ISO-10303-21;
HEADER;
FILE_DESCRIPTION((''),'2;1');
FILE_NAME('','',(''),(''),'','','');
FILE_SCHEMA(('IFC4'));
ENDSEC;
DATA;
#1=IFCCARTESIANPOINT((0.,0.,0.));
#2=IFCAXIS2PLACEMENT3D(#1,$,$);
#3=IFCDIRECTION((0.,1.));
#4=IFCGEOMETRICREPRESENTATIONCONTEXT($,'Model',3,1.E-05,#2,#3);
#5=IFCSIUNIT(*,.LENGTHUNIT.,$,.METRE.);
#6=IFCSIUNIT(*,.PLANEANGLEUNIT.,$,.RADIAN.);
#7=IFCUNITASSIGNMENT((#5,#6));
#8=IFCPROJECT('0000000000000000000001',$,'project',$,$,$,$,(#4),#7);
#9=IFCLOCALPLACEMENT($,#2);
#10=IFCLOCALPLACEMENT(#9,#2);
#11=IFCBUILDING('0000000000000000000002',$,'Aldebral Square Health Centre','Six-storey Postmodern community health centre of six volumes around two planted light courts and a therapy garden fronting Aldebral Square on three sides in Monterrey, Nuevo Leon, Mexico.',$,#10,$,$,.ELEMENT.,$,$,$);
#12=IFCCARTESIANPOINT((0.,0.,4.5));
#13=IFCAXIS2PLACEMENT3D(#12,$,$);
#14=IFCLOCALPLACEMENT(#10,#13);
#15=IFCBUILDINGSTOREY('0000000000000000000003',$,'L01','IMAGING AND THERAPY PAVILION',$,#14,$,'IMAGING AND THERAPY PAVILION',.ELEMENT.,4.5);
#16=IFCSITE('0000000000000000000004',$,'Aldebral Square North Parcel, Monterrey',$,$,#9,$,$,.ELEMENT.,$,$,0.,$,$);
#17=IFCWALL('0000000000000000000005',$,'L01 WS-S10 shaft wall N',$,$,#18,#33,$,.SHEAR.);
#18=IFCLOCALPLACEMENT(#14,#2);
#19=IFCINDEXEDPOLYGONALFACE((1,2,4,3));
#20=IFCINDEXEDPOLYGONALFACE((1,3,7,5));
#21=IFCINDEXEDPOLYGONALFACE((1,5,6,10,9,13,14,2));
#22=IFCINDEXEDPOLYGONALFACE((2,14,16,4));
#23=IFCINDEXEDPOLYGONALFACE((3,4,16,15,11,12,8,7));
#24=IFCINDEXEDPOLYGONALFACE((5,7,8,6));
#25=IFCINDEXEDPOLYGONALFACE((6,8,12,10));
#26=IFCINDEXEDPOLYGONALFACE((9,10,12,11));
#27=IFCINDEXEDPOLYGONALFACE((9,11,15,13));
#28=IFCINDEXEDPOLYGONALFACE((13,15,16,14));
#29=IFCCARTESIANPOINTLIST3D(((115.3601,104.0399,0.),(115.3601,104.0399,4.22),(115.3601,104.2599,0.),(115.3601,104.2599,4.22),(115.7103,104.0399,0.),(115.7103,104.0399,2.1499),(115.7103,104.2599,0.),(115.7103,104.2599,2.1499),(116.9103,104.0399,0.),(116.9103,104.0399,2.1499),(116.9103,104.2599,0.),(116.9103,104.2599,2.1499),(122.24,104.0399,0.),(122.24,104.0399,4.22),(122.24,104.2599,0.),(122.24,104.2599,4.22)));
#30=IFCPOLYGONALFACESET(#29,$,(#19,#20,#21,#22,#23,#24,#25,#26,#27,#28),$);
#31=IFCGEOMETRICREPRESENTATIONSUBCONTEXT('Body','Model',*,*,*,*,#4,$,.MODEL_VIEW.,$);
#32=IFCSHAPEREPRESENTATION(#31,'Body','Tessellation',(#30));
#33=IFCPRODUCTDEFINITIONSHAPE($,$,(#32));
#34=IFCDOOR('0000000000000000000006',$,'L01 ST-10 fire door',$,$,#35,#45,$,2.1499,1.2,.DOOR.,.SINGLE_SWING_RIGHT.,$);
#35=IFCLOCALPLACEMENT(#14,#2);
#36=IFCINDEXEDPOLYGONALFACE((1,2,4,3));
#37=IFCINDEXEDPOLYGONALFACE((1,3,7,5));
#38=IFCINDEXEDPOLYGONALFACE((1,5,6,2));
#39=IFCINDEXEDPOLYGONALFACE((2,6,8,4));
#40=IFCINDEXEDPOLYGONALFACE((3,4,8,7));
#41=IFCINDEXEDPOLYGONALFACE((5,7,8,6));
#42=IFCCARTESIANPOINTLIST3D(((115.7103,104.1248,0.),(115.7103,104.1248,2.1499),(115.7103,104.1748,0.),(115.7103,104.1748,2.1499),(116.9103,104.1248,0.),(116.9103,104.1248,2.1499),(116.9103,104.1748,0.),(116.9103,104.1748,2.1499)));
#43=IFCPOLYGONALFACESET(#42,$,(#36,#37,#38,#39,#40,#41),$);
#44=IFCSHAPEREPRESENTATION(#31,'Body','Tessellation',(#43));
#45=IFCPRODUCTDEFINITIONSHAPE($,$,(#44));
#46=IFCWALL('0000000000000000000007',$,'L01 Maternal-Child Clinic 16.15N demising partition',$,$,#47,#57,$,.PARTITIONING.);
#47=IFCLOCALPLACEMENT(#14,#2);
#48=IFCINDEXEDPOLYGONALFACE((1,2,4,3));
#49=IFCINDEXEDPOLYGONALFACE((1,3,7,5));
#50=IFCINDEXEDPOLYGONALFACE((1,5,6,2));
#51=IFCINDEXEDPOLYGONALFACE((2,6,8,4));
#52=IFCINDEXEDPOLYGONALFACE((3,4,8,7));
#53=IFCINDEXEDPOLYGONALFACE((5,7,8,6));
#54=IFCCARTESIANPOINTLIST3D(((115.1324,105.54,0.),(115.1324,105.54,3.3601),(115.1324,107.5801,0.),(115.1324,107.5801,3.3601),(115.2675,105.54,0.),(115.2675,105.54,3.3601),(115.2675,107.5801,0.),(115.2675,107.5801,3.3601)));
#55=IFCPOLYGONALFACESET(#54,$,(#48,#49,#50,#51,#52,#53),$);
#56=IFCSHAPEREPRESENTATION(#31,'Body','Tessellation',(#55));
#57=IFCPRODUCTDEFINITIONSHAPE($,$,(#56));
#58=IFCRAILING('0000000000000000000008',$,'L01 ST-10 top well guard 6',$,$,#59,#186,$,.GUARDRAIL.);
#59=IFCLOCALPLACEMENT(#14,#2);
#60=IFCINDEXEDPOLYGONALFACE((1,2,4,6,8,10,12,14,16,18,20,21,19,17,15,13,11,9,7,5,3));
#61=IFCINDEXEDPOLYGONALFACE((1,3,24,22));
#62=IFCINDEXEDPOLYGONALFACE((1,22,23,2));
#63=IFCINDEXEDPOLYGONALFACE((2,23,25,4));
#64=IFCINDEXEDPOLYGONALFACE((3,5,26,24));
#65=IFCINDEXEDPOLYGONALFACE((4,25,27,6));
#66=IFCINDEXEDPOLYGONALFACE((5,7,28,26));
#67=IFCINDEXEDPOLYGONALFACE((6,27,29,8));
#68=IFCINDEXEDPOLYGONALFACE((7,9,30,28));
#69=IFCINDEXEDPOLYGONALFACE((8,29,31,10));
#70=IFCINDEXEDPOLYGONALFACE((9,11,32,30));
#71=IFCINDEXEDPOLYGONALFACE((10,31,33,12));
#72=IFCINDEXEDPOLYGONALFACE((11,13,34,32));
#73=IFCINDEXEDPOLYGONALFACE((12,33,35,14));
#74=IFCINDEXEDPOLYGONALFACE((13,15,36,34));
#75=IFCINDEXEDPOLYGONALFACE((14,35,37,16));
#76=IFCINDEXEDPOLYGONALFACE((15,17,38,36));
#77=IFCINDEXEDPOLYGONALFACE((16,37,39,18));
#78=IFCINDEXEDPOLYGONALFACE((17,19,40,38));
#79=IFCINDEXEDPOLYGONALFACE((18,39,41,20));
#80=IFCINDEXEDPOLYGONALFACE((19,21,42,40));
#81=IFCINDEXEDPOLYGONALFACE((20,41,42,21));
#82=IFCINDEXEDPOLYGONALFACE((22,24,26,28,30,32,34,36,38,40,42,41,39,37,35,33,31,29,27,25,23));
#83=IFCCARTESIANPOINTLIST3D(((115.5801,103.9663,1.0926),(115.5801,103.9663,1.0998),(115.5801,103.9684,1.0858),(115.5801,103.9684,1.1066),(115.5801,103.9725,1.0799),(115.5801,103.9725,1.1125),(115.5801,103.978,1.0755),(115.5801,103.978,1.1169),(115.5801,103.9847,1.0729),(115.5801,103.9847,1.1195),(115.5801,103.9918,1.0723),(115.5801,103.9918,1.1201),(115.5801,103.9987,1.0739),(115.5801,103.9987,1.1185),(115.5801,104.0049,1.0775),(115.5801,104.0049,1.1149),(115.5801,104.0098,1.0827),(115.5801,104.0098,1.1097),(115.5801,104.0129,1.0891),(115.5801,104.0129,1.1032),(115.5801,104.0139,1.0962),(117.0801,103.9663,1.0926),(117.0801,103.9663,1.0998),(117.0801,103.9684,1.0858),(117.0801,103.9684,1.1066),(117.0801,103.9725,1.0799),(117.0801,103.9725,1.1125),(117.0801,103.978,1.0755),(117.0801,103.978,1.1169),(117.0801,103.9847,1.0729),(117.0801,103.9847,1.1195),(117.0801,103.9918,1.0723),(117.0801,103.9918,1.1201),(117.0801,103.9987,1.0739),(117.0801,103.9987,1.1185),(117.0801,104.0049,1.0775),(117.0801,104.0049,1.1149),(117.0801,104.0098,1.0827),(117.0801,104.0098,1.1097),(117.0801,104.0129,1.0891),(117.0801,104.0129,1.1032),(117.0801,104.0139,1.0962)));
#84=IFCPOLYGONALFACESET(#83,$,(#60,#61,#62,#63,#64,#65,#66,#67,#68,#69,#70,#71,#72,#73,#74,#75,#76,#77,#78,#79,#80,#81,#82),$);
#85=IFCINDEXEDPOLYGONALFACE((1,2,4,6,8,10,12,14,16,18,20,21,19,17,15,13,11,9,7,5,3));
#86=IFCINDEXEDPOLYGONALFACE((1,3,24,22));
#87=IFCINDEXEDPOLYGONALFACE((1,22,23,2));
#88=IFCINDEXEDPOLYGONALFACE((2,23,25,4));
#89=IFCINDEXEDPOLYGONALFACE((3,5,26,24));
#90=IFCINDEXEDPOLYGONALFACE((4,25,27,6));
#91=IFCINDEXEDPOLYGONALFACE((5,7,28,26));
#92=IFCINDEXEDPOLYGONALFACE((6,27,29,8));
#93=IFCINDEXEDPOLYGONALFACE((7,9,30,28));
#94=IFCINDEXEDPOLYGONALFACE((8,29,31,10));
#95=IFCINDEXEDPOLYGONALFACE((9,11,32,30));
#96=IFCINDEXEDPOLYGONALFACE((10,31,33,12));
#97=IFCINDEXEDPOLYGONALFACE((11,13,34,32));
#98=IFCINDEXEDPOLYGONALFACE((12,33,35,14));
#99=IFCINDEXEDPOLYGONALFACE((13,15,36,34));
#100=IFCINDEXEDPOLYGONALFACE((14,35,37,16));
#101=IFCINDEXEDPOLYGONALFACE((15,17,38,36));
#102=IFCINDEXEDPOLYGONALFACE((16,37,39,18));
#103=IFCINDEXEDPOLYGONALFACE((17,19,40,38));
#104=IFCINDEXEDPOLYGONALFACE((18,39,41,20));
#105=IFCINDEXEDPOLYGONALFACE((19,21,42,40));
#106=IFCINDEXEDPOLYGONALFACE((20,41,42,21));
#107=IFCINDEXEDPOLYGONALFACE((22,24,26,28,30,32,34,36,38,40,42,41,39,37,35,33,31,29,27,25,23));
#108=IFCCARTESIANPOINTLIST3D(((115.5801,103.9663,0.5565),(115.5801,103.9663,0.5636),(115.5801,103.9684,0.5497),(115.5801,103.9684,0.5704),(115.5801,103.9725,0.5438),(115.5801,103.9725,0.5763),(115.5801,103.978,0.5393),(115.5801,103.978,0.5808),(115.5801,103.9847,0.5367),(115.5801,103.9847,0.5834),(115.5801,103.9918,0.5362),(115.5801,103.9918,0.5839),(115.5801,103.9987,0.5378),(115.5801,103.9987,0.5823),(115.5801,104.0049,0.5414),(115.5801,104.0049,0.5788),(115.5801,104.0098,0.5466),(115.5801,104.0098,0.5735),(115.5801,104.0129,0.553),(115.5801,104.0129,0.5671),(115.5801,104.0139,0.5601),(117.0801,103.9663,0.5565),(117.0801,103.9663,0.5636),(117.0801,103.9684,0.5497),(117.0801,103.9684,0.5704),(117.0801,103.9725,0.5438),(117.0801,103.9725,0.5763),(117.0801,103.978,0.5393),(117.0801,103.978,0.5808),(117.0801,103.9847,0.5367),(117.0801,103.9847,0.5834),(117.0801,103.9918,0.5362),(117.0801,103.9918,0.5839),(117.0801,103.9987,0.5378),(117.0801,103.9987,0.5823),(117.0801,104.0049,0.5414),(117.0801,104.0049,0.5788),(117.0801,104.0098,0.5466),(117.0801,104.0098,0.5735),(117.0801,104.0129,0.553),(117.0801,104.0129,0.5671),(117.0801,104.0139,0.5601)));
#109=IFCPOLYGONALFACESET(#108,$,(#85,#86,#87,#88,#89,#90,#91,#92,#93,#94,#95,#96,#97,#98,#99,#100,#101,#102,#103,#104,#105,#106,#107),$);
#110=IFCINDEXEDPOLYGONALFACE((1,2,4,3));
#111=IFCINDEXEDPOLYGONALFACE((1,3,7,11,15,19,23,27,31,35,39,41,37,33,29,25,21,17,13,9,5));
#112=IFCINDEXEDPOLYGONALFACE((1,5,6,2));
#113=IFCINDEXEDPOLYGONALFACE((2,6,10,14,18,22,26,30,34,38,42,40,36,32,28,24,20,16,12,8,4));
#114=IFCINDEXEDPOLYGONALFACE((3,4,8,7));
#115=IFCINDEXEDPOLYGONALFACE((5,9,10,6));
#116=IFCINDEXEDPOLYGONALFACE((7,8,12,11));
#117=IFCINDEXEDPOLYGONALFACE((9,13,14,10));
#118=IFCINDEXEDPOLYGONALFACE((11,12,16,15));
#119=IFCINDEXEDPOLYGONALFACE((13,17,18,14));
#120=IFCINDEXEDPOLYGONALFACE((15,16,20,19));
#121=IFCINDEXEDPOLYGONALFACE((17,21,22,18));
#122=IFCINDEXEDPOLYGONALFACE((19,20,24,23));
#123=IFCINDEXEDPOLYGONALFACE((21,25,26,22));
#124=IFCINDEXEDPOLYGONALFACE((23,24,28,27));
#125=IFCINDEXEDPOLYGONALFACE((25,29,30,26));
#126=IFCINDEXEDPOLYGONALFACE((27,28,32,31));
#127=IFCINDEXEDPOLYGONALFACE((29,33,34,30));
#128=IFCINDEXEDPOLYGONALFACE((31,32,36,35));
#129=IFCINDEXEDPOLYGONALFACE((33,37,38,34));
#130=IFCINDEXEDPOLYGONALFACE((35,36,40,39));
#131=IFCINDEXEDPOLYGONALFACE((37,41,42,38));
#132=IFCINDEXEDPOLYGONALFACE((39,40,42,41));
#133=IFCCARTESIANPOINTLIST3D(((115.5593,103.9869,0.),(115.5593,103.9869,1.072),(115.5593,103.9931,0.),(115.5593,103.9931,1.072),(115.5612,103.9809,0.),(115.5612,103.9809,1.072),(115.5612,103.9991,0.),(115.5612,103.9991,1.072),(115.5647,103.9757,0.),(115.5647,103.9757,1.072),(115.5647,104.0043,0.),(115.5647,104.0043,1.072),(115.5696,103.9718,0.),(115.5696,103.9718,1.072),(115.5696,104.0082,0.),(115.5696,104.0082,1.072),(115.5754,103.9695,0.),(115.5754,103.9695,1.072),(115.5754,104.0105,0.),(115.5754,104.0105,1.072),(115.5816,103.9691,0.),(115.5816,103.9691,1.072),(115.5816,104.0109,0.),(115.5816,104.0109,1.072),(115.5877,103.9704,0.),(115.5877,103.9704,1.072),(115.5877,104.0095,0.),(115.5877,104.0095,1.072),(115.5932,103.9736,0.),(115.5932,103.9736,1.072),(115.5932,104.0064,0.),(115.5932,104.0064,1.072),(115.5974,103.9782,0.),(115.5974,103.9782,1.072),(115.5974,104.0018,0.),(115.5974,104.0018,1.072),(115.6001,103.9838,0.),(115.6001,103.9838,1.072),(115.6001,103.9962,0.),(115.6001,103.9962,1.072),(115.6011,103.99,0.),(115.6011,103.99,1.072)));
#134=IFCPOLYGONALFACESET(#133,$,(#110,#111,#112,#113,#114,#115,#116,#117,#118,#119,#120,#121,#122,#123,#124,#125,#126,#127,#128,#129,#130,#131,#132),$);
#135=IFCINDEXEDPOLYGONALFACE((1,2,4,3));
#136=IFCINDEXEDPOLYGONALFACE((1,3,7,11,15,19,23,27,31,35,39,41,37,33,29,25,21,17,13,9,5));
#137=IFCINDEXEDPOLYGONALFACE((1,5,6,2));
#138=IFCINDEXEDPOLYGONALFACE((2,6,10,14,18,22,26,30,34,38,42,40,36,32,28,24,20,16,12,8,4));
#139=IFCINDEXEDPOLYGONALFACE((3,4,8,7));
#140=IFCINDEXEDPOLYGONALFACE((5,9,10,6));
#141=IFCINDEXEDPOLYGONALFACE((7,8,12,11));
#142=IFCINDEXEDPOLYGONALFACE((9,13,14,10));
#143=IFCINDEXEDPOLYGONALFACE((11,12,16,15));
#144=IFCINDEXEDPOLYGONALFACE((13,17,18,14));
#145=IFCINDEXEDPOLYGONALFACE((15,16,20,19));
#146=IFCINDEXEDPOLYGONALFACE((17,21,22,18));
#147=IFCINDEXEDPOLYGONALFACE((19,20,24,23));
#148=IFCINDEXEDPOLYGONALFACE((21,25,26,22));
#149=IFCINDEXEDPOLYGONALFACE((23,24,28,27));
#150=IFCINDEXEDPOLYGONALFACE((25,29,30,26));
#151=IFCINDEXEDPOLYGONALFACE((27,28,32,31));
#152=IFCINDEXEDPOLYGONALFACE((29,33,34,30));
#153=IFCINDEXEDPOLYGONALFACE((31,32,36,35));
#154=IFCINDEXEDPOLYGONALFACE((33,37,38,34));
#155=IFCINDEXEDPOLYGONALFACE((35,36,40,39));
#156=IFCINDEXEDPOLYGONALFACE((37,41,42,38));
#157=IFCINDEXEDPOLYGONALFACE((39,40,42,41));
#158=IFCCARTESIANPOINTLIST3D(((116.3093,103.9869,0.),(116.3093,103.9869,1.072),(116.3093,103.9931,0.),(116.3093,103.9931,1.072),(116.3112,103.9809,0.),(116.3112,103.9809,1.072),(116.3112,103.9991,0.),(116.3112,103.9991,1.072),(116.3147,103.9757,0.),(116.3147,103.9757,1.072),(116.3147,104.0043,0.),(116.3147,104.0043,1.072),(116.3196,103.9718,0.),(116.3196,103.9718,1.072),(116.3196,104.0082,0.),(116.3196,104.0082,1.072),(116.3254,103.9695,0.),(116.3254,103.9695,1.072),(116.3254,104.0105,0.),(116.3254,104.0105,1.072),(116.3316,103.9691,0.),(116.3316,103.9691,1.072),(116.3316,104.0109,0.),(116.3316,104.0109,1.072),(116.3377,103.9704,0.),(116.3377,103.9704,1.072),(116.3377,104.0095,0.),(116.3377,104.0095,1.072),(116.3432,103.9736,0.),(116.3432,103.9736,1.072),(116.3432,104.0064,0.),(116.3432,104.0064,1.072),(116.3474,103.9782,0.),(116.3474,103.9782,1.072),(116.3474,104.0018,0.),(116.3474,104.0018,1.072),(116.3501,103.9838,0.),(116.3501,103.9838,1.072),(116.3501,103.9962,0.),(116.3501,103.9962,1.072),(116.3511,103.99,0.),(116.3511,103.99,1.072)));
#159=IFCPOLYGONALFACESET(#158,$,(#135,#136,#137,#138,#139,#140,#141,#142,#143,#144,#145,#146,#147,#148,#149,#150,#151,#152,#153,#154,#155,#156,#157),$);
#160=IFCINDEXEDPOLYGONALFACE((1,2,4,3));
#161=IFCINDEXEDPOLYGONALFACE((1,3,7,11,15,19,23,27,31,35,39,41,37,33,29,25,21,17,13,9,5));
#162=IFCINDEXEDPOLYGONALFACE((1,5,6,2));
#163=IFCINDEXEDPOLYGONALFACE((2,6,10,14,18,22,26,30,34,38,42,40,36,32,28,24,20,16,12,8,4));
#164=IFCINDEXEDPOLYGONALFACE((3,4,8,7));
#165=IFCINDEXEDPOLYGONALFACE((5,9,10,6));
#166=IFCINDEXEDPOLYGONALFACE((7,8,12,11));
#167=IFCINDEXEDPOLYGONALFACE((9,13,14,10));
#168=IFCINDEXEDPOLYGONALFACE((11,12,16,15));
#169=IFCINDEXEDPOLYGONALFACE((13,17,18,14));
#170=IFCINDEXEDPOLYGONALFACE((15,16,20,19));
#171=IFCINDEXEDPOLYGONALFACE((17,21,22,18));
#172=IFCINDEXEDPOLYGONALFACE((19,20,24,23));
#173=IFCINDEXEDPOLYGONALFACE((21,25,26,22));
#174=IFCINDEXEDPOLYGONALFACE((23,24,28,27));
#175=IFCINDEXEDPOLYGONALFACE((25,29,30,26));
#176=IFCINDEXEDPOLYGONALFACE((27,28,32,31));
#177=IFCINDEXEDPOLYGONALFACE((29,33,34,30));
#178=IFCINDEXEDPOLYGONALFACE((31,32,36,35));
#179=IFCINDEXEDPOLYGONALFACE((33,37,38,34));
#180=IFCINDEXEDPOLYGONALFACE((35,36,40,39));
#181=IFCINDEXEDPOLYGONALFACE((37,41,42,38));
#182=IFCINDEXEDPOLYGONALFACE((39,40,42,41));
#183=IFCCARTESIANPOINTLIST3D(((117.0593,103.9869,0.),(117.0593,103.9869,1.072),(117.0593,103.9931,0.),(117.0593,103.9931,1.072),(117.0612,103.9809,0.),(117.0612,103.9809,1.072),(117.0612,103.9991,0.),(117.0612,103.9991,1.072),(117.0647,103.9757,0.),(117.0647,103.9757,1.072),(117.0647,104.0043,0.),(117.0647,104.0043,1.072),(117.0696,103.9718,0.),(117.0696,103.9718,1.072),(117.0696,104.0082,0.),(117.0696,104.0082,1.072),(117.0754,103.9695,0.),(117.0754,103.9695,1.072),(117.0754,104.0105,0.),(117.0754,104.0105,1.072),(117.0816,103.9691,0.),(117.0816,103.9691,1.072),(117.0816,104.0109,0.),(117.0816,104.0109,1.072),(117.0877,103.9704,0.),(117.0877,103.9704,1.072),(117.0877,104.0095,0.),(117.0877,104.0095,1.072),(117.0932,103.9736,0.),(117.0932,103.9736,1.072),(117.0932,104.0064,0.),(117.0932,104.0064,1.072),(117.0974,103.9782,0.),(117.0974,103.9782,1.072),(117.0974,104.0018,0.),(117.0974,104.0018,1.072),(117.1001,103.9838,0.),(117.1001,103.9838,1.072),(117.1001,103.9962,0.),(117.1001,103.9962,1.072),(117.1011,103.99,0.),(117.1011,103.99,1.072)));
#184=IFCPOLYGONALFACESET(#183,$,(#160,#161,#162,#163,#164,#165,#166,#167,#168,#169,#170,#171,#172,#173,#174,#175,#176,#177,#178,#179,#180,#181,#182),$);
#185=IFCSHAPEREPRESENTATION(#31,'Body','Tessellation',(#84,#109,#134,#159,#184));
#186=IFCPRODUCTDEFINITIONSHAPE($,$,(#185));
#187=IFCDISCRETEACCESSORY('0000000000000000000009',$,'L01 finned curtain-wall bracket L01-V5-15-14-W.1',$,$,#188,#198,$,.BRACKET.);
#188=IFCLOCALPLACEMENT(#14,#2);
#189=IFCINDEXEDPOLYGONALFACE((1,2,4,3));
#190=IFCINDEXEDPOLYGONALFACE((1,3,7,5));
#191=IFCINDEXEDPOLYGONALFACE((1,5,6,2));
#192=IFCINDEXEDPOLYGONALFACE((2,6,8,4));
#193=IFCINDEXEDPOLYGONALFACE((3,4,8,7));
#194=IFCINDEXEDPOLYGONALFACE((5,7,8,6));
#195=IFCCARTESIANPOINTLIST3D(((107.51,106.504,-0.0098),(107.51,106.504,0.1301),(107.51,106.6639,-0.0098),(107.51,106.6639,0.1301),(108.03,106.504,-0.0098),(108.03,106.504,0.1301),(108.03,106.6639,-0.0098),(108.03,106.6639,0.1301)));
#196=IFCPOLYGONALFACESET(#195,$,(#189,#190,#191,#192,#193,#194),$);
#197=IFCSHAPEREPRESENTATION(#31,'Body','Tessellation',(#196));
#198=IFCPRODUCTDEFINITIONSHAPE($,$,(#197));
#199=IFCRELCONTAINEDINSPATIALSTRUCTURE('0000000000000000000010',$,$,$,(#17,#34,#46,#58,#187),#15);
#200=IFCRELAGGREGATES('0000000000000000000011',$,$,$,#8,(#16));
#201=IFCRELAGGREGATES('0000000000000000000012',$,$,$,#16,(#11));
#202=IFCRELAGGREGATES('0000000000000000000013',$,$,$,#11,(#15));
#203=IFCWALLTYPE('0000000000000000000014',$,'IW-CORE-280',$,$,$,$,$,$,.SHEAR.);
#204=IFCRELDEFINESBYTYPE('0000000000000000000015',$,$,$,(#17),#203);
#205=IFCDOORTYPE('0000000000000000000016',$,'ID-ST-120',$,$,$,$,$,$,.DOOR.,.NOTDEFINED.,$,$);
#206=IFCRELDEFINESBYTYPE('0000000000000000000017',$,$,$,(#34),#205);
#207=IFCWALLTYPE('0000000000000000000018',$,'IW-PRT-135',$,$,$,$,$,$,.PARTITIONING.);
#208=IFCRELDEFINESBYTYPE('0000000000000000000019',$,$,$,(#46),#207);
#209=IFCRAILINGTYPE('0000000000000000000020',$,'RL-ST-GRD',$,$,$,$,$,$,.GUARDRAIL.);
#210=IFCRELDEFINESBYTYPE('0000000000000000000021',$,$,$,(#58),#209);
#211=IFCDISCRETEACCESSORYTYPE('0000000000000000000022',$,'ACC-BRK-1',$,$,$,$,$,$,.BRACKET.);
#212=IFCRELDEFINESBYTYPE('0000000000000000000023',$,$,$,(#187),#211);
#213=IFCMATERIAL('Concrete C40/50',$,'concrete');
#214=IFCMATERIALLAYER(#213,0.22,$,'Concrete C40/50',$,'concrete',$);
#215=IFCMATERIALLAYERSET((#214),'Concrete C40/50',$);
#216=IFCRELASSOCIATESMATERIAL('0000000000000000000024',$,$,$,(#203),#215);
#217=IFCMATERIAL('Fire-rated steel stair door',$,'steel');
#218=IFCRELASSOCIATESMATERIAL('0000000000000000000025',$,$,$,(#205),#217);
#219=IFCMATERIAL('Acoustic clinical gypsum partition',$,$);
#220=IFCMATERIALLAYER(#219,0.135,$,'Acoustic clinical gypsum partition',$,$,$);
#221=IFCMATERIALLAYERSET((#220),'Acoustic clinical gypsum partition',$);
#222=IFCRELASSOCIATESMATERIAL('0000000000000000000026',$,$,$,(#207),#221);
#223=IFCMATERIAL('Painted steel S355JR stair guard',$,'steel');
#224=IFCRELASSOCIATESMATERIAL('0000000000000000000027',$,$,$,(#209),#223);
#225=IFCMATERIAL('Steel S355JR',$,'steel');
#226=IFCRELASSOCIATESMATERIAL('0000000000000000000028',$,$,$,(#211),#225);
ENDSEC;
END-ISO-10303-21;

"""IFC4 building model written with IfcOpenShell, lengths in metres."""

from ifc_helpers import new_model, si_unit, direction, frame, frame_2d, origin, origin_2d, place, context, subcontext, project, spatial, rectangle, circle, extrude, material, layer, layer_set, type_object, element, fill, save


model = new_model("IFC4")

# Units and contexts
model_context = context("Model", 3, precision=1e-05, world=origin(), true_north=direction((0.0, 1.0)))
body_context = subcontext(model_context, "Body", "Model", "MODEL_VIEW")
ifc_project = project(units=[si_unit("LENGTHUNIT", "METRE"), si_unit("PLANEANGLEUNIT", "RADIAN")], contexts=[model_context])

# Site, building, storey
site_placement = place(None, origin())
site = spatial("IfcSite", under=ifc_project, at=site_placement, Name="Aldebral Square North Parcel, Monterrey", CompositionType="ELEMENT", RefElevation=0.0)
building_placement = place(site_placement, origin())
building = spatial("IfcBuilding", under=site, at=building_placement, Name="Aldebral Square Health Centre", Description="Six-storey Postmodern community health centre of six volumes around two planted light courts and a therapy garden fronting Aldebral Square on three sides in Monterrey, Nuevo Leon, Mexico.", CompositionType="ELEMENT")
storey_placement = place(building_placement, frame((0.0, 0.0, 4.5)))
storey = spatial("IfcBuildingStorey", under=building, at=storey_placement, Name="L01", Description="IMAGING AND THERAPY PAVILION", LongName="IMAGING AND THERAPY PAVILION", CompositionType="ELEMENT", Elevation=4.5)

# Shared definitions
ifc_material_1 = material(Name="Concrete C40/50", Category="concrete")

# Wall, opening, door
ifc_layer_1 = layer(ifc_material_1, 0.22, Name="Concrete C40/50", Category="concrete")
ifc_layer_set_1 = layer_set([ifc_layer_1], Name="Concrete C40/50")
wall_type_1 = type_object("IfcWallType", Name="IW-CORE-280", PredefinedType="SHEAR", material=ifc_layer_set_1)
wall_1_placement = place(storey_placement, frame((115.3601, 104.1499, 0.0), z_axis=(0.0, 0.0, 1.0), x_axis=(1.0, 0.0, 0.0)))
wall_1 = element("IfcWall", 1, at=wall_1_placement, inside=storey, type_object=wall_type_1, Name="L01 WS-S10 shaft wall N", PredefinedType="SHEAR", context=body_context, shape_type="SweptSolid", body=[
    extrude(rectangle(XDim=6.8799, YDim=0.22, at=frame_2d((3.4399, 0.0))), origin(), (0.0, 0.0, 1.0), 4.22),
])
opening_1_placement = place(wall_1_placement, frame((0.3501, 0.0, 0.0)))
opening_1 = element("IfcOpeningElement", 2, at=opening_1_placement, cuts=wall_1, PredefinedType="OPENING", context=body_context, shape_type="SweptSolid", body=[
    extrude(rectangle(XDim=1.2, YDim=2.1499, at=frame_2d((0.6001, 1.075))), frame((0.0, 0.1201, 0.0), z_axis=(0.0, -1.0, 0.0), x_axis=(1.0, 0.0, 0.0)), (0.0, 0.0, 1.0), 0.24),
])
ifc_material_2 = material(Name="Fire-rated steel stair door", Category="steel")
door_type_1 = type_object("IfcDoorType", Name="ID-ST-120", OperationType="NOTDEFINED", PredefinedType="DOOR", material=ifc_material_2)
door_1_placement = place(opening_1_placement, origin())
door_1 = element("IfcDoor", 3, at=door_1_placement, inside=storey, type_object=door_type_1, Name="L01 ST-10 fire door", OperationType="SINGLE_SWING_RIGHT", OverallHeight=2.1499, OverallWidth=1.2, PredefinedType="DOOR", context=body_context, shape_type="SweptSolid", body=[
    extrude(rectangle(XDim=1.2, YDim=2.1499, at=frame_2d((0.6001, 1.075))), frame((0.0, 0.0249, 0.0), z_axis=(0.0, -1.0, 0.0), x_axis=(1.0, 0.0, 0.0)), (0.0, 0.0, 1.0), 0.05),
])
fill(opening_1, door_1)

# Wall
ifc_material_3 = material(Name="Acoustic clinical gypsum partition")
ifc_layer_2 = layer(ifc_material_3, 0.135, Name="Acoustic clinical gypsum partition")
ifc_layer_set_2 = layer_set([ifc_layer_2], Name="Acoustic clinical gypsum partition")
wall_type_2 = type_object("IfcWallType", Name="IW-PRT-135", PredefinedType="PARTITIONING", material=ifc_layer_set_2)
wall_2_placement = place(storey_placement, frame((115.2, 105.54, 0.0), z_axis=(0.0, 0.0, 1.0), x_axis=(0.0, 1.0, 0.0)))
element("IfcWall", 4, at=wall_2_placement, inside=storey, type_object=wall_type_2, Name="L01 Maternal-Child Clinic 16.15N demising partition", PredefinedType="PARTITIONING", context=body_context, shape_type="SweptSolid", body=[
    extrude(rectangle(XDim=2.04, YDim=0.135, at=frame_2d((1.02, 0.0))), origin(), (0.0, 0.0, 1.0), 3.3601),
])

# Railing
ifc_material_4 = material(Name="Painted steel S355JR stair guard", Category="steel")
railing_type = type_object("IfcRailingType", Name="RL-ST-GRD", PredefinedType="GUARDRAIL", material=ifc_material_4)
railing_placement = place(storey_placement, frame((115.5801, 103.99, 0.0)))
element("IfcRailing", 5, at=railing_placement, inside=storey, type_object=railing_type, Name="L01 ST-10 top well guard 6", PredefinedType="GUARDRAIL", context=body_context, shape_type="SweptSolid", body=[
    extrude(circle(Radius=0.0239, at=origin_2d()), frame((0.0, 0.0, 1.0962), z_axis=(1.0, 0.0, 0.0), x_axis=(0.0, 1.0, 0.0)), (0.0, 0.0, 1.0), 1.5),
    extrude(circle(Radius=0.0239, at=origin_2d()), frame((0.0, 0.0, 0.5601), z_axis=(1.0, 0.0, 0.0), x_axis=(0.0, 1.0, 0.0)), (0.0, 0.0, 1.0), 1.5),
    extrude(circle(Radius=0.021, at=origin_2d()), origin(), (0.0, 0.0, 1.0), 1.072),
    extrude(circle(Radius=0.021, at=origin_2d()), frame((0.75, 0.0, 0.0)), (0.0, 0.0, 1.0), 1.072),
    extrude(circle(Radius=0.021, at=origin_2d()), frame((1.5, 0.0, 0.0)), (0.0, 0.0, 1.0), 1.072),
])

# Discrete accessory
ifc_material_5 = material(Name="Steel S355JR", Category="steel")
discrete_accessory_type = type_object("IfcDiscreteAccessoryType", Name="ACC-BRK-1", PredefinedType="BRACKET", material=ifc_material_5)
for number, where, z_axis, x_axis, name in (
    (6, (107.77, 106.584, -0.0098), (0.0, 0.0, 1.0), (0.0, 1.0, 0.0), "L01 finned curtain-wall bracket L01-V5-15-14-W.1"),
):
    element("IfcDiscreteAccessory", number, at=place(storey_placement, frame(where, z_axis=z_axis, x_axis=x_axis)), inside=storey, type_object=discrete_accessory_type, Name=name, PredefinedType="BRACKET", context=body_context, shape_type="SweptSolid", body=[
        extrude(rectangle(XDim=0.1599, YDim=0.52, at=origin_2d()), origin(), (0.0, 0.0, 1.0), 0.1399),
    ])

save(model, "model.ifc")
